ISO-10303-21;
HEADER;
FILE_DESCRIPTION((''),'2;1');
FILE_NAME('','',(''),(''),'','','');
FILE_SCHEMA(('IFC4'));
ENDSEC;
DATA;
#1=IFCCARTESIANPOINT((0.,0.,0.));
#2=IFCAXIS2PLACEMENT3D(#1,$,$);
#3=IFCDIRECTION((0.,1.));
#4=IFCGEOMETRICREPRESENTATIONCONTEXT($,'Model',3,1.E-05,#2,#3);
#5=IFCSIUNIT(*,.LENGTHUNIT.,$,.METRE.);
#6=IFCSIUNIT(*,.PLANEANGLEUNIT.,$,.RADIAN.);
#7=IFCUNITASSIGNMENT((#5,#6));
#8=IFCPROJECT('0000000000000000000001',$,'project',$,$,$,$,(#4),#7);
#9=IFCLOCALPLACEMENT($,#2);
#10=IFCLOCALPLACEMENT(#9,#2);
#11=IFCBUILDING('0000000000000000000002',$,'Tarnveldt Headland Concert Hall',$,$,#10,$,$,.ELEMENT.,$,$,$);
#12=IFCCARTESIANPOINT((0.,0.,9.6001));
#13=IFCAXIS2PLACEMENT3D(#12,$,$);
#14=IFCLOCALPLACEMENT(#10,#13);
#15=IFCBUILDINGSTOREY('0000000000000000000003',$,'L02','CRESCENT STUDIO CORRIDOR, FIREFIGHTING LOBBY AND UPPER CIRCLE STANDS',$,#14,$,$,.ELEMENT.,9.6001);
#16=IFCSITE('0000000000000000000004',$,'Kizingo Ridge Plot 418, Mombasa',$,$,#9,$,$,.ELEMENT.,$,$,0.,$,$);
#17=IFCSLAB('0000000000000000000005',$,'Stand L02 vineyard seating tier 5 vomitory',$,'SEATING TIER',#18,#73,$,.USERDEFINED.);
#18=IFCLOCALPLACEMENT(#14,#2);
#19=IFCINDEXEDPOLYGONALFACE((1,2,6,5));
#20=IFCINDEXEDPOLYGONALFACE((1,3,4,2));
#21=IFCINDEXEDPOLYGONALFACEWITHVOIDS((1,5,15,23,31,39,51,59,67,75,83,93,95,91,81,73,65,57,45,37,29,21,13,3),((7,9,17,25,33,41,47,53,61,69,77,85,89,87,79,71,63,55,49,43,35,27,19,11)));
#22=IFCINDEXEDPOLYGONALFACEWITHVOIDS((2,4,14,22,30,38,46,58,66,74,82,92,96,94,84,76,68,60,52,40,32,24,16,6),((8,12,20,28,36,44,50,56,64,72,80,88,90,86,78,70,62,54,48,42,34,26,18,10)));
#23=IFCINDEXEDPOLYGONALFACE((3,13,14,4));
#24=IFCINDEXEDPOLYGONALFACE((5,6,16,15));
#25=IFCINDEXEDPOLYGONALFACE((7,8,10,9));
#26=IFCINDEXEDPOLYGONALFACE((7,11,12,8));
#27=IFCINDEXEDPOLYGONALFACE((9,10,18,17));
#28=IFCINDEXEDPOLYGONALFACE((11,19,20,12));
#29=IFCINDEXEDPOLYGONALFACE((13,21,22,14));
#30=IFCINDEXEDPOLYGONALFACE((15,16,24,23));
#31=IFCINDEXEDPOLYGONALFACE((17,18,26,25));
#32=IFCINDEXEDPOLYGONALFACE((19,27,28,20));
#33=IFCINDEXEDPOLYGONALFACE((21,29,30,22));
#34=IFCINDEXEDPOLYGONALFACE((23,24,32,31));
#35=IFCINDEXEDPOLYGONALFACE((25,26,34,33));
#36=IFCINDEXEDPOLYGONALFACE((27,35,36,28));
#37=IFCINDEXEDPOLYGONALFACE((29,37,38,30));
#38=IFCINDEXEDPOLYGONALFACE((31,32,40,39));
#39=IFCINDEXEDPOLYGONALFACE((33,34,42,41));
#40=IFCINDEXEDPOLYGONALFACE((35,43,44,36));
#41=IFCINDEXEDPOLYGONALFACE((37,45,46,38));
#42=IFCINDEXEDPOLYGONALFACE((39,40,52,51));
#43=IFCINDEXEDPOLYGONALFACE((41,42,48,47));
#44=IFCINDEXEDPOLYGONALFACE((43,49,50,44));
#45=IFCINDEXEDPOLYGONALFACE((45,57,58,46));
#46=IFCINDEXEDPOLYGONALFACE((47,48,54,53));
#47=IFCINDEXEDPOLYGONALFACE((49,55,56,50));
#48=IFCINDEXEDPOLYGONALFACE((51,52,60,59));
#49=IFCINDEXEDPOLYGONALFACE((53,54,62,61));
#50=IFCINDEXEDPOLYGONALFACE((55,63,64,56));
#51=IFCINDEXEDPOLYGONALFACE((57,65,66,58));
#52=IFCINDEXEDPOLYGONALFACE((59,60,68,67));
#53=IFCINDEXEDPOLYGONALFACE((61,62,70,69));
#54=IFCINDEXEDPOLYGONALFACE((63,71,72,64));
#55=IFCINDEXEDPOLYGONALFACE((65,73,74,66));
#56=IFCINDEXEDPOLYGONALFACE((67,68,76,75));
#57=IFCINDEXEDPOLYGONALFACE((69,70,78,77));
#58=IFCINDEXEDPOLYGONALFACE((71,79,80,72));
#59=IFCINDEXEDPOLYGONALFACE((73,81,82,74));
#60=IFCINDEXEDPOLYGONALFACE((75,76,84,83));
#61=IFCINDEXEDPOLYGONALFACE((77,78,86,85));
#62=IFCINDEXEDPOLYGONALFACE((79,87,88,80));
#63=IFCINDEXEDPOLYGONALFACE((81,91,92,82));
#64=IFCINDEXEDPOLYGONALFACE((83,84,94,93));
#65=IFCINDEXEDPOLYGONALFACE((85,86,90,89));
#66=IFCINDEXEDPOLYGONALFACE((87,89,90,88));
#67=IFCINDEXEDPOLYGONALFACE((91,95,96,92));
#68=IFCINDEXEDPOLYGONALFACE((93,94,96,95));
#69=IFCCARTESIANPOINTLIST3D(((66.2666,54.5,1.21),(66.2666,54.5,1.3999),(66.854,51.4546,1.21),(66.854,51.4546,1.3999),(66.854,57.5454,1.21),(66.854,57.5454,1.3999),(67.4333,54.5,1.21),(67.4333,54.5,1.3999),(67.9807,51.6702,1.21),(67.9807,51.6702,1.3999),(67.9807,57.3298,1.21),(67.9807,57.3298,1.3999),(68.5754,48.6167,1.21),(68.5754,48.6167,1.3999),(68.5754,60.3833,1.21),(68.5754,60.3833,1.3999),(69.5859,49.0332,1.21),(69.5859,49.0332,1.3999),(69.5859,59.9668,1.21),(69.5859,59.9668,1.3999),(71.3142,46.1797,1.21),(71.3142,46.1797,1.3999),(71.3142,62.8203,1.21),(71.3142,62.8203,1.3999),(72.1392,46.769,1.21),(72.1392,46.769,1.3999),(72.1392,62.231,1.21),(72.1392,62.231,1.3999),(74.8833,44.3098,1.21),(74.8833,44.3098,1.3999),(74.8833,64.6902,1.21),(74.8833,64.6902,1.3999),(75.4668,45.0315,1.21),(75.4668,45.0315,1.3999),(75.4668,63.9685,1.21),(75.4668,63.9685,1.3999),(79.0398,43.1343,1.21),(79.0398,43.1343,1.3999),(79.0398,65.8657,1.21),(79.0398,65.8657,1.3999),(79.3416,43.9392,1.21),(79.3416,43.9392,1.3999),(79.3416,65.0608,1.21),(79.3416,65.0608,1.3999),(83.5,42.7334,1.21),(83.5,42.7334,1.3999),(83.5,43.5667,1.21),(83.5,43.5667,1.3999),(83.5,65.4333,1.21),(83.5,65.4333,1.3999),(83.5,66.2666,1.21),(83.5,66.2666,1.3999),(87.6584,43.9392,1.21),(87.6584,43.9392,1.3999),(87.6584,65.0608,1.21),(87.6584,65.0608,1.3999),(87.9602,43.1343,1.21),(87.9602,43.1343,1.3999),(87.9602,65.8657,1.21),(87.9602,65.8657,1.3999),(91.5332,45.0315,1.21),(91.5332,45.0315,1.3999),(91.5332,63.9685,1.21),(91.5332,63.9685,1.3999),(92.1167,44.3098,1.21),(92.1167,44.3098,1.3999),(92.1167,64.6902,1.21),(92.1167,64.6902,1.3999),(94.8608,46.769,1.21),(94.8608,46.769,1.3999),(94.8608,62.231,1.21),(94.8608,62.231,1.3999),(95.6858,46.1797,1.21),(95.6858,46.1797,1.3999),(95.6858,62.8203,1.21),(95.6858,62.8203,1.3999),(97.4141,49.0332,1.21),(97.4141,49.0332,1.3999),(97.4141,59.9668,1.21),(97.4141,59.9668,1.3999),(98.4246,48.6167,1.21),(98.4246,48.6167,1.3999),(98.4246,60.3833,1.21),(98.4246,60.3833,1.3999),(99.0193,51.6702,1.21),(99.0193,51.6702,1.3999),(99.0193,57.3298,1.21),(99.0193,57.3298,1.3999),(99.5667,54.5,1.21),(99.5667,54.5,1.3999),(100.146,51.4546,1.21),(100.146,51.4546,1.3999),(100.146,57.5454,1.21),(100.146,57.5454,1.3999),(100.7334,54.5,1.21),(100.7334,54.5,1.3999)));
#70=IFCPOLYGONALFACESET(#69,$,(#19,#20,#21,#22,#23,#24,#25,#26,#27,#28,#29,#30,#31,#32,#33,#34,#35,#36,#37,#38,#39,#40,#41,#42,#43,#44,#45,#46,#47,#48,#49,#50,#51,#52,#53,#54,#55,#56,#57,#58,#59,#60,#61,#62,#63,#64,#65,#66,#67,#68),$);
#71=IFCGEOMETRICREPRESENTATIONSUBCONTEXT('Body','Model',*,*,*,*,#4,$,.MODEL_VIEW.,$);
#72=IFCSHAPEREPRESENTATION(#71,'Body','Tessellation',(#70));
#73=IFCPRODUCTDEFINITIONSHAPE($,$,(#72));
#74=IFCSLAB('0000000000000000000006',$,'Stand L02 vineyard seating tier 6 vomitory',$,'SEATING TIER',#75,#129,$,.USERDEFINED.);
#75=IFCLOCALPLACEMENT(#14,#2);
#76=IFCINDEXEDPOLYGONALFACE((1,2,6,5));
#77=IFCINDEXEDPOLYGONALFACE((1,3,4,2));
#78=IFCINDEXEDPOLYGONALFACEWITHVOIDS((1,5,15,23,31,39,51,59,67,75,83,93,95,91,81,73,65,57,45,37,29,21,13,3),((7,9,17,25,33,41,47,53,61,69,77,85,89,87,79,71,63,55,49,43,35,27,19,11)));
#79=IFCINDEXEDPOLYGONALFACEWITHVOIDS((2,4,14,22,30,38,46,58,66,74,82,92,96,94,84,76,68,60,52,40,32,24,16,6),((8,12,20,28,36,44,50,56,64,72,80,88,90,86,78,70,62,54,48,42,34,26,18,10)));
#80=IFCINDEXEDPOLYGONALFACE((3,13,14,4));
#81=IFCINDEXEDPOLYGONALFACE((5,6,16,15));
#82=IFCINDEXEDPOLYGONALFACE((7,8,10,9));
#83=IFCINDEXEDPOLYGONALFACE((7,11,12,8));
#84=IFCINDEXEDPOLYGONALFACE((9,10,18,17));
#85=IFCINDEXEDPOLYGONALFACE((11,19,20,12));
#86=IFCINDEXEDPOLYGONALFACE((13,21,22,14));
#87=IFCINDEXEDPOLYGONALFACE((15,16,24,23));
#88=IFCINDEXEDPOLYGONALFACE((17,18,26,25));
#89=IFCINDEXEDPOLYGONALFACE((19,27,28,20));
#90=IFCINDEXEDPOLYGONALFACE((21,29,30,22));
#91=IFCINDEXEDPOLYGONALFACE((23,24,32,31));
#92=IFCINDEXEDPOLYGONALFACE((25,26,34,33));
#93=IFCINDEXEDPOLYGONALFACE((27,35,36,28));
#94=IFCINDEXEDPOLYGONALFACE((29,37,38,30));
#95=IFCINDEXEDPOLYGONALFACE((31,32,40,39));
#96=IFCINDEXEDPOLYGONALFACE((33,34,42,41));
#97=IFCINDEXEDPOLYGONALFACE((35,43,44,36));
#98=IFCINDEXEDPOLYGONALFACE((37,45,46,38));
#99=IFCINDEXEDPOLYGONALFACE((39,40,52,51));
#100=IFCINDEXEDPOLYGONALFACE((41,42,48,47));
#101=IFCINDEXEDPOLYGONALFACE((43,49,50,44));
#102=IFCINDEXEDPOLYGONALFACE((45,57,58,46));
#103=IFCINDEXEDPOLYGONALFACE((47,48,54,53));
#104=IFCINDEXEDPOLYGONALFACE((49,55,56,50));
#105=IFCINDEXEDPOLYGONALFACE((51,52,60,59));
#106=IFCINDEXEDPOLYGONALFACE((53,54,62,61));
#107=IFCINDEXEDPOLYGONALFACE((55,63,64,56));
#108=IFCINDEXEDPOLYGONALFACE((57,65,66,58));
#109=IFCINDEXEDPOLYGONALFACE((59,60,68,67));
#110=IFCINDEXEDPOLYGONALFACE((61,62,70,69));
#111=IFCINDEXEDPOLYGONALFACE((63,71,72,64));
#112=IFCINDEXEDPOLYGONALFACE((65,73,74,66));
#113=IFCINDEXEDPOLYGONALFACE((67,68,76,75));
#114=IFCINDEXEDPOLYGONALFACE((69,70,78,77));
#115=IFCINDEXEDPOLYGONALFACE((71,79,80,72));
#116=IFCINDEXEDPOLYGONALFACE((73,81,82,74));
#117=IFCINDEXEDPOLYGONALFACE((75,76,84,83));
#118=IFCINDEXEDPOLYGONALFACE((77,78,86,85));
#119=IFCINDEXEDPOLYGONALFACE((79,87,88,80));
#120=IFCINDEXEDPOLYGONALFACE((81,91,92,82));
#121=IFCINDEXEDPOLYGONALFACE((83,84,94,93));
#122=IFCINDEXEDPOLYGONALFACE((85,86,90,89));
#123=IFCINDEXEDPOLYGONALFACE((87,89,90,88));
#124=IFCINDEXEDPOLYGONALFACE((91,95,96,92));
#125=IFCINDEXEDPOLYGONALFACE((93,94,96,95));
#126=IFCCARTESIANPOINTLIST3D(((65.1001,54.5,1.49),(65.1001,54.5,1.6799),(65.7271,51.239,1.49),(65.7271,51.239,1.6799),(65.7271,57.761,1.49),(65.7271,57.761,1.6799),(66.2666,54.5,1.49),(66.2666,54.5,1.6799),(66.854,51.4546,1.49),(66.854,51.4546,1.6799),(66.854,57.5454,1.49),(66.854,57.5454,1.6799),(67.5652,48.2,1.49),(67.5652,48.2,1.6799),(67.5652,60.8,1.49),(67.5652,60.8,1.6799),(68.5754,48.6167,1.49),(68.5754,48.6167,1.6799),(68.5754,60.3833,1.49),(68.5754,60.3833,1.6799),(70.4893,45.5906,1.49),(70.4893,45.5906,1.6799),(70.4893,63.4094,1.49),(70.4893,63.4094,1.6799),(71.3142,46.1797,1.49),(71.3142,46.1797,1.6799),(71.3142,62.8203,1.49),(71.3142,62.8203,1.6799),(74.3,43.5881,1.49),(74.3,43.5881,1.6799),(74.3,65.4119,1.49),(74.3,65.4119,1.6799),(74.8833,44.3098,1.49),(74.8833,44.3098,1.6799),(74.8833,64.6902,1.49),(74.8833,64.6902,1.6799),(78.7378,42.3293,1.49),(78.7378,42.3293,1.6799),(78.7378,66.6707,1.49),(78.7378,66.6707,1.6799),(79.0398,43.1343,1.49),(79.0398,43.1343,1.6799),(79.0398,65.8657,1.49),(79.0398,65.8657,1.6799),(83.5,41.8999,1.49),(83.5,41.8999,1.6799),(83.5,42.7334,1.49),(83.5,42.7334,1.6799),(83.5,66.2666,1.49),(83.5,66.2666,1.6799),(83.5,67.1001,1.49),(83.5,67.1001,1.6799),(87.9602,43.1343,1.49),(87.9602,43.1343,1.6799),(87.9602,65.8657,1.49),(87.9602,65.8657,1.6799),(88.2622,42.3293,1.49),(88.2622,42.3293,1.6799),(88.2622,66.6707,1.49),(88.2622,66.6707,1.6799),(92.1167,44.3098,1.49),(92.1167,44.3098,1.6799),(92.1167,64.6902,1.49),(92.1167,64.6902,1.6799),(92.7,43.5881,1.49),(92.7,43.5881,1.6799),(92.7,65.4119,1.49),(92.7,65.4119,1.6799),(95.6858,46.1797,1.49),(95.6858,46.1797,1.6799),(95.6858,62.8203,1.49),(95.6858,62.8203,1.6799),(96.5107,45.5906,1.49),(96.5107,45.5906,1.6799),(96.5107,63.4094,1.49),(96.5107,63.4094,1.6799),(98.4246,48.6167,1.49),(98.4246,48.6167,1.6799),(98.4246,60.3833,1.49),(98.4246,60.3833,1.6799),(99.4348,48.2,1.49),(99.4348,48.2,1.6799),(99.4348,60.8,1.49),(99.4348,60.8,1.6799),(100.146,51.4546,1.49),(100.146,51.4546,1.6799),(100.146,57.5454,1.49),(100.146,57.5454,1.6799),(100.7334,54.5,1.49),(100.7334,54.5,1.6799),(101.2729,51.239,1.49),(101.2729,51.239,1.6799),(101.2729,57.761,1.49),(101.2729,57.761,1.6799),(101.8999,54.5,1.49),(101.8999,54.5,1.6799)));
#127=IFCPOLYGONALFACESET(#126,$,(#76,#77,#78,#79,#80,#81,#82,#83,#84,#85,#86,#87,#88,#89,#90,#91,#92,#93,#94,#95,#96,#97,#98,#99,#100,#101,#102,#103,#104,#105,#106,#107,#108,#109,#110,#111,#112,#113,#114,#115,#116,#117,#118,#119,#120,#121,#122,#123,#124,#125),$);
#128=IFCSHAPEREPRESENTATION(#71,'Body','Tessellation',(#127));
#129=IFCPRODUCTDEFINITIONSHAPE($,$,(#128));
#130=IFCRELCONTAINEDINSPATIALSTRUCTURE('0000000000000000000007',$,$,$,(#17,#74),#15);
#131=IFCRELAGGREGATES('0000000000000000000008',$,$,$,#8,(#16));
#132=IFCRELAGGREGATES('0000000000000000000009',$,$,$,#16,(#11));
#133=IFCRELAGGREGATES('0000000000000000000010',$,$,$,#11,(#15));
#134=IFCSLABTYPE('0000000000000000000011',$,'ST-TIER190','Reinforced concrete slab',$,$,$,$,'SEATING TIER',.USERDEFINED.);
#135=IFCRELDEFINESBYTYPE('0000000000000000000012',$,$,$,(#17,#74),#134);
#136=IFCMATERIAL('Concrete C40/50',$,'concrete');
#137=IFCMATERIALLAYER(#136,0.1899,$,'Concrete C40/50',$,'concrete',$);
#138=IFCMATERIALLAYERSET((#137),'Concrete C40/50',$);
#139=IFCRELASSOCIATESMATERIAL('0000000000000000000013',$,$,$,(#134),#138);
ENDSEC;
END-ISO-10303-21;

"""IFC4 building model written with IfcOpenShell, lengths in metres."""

from ifc_helpers import new_model, si_unit, direction, frame, origin, place, context, subcontext, project, spatial, polyline, outline, extrude, material, layer, layer_set, type_object, element, save


model = new_model("IFC4")

# Units and contexts
model_context = context("Model", 3, precision=1e-05, world=origin(), true_north=direction((0.0, 1.0)))
body_context = subcontext(model_context, "Body", "Model", "MODEL_VIEW")
ifc_project = project(units=[si_unit("LENGTHUNIT", "METRE"), si_unit("PLANEANGLEUNIT", "RADIAN")], contexts=[model_context])

# Site, building, storey
site_placement = place(None, origin())
site = spatial("IfcSite", under=ifc_project, at=site_placement, Name="Kizingo Ridge Plot 418, Mombasa", CompositionType="ELEMENT", RefElevation=0.0)
building_placement = place(site_placement, origin())
building = spatial("IfcBuilding", under=site, at=building_placement, Name="Tarnveldt Headland Concert Hall", CompositionType="ELEMENT")
storey_placement = place(building_placement, frame((0.0, 0.0, 9.6001)))
storey = spatial("IfcBuildingStorey", under=building, at=storey_placement, Name="L02", Description="CRESCENT STUDIO CORRIDOR, FIREFIGHTING LOBBY AND UPPER CIRCLE STANDS", CompositionType="ELEMENT", Elevation=9.6001)

# Shared definitions
ifc_material_1 = material(Name="Concrete C40/50", Category="concrete")

# Slabs
ifc_layer_1 = layer(ifc_material_1, 0.1899, Name="Concrete C40/50", Category="concrete")
ifc_layer_set_1 = layer_set([ifc_layer_1], Name="Concrete C40/50")
slab_type_1 = type_object("IfcSlabType", Name="ST-TIER190", Description="Reinforced concrete slab", ElementType="SEATING TIER", PredefinedType="USERDEFINED", material=ifc_layer_set_1)
slab_1_placement = place(storey_placement, frame((0.0, 0.0, 1.21)))
element("IfcSlab", 1, at=slab_1_placement, inside=storey, type_object=slab_type_1, Name="Stand L02 vineyard seating tier 5 vomitory", ObjectType="SEATING TIER", PredefinedType="USERDEFINED", context=body_context, shape_type="SweptSolid", body=[
    extrude(outline(polyline([(100.7334, 54.5), (100.146, 57.5454), (98.4246, 60.3833), (95.6858, 62.8203), (92.1167, 64.6902), (87.9602, 65.8657), (83.5, 66.2666), (79.0398, 65.8657), (74.8833, 64.6902), (71.3142, 62.8203), (68.5754, 60.3833), (66.854, 57.5454), (66.2666, 54.5), (66.854, 51.4546), (68.5754, 48.6167), (71.3142, 46.1797), (74.8833, 44.3098), (79.0398, 43.1343), (83.5, 42.7334), (87.9602, 43.1343), (92.1167, 44.3098), (95.6858, 46.1797), (98.4246, 48.6167), (100.146, 51.4546), (100.7334, 54.5)]), holes=[polyline([(99.0193, 51.6702), (97.4141, 49.0332), (94.8608, 46.769), (91.5332, 45.0315), (87.6584, 43.9392), (83.5, 43.5667), (79.3416, 43.9392), (75.4668, 45.0315), (72.1392, 46.769), (69.5859, 49.0332), (67.9807, 51.6702), (67.4333, 54.5), (67.9807, 57.3298), (69.5859, 59.9668), (72.1392, 62.231), (75.4668, 63.9685), (79.3416, 65.0608), (83.5, 65.4333), (87.6584, 65.0608), (91.5332, 63.9685), (94.8608, 62.231), (97.4141, 59.9668), (99.0193, 57.3298), (99.5667, 54.5), (99.0193, 51.6702)])]), origin(), (0.0, 0.0, 1.0), 0.1899),
])
slab_2_placement = place(storey_placement, frame((0.0, 0.0, 1.49)))
element("IfcSlab", 2, at=slab_2_placement, inside=storey, type_object=slab_type_1, Name="Stand L02 vineyard seating tier 6 vomitory", ObjectType="SEATING TIER", PredefinedType="USERDEFINED", context=body_context, shape_type="SweptSolid", body=[
    extrude(outline(polyline([(101.8999, 54.5), (101.2729, 57.761), (99.4348, 60.8), (96.5107, 63.4094), (92.7, 65.4119), (88.2622, 66.6707), (83.5, 67.1001), (78.7378, 66.6707), (74.3, 65.4119), (70.4893, 63.4094), (67.5652, 60.8), (65.7271, 57.761), (65.1001, 54.5), (65.7271, 51.239), (67.5652, 48.2), (70.4893, 45.5906), (74.3, 43.5881), (78.7378, 42.3293), (83.5, 41.8999), (88.2622, 42.3293), (92.7, 43.5881), (96.5107, 45.5906), (99.4348, 48.2), (101.2729, 51.239), (101.8999, 54.5)]), holes=[polyline([(100.146, 51.4546), (98.4246, 48.6167), (95.6858, 46.1797), (92.1167, 44.3098), (87.9602, 43.1343), (83.5, 42.7334), (79.0398, 43.1343), (74.8833, 44.3098), (71.3142, 46.1797), (68.5754, 48.6167), (66.854, 51.4546), (66.2666, 54.5), (66.854, 57.5454), (68.5754, 60.3833), (71.3142, 62.8203), (74.8833, 64.6902), (79.0398, 65.8657), (83.5, 66.2666), (87.9602, 65.8657), (92.1167, 64.6902), (95.6858, 62.8203), (98.4246, 60.3833), (100.146, 57.5454), (100.7334, 54.5), (100.146, 51.4546)])]), origin(), (0.0, 0.0, 1.0), 0.1899),
])

save(model, "model.ifc")
